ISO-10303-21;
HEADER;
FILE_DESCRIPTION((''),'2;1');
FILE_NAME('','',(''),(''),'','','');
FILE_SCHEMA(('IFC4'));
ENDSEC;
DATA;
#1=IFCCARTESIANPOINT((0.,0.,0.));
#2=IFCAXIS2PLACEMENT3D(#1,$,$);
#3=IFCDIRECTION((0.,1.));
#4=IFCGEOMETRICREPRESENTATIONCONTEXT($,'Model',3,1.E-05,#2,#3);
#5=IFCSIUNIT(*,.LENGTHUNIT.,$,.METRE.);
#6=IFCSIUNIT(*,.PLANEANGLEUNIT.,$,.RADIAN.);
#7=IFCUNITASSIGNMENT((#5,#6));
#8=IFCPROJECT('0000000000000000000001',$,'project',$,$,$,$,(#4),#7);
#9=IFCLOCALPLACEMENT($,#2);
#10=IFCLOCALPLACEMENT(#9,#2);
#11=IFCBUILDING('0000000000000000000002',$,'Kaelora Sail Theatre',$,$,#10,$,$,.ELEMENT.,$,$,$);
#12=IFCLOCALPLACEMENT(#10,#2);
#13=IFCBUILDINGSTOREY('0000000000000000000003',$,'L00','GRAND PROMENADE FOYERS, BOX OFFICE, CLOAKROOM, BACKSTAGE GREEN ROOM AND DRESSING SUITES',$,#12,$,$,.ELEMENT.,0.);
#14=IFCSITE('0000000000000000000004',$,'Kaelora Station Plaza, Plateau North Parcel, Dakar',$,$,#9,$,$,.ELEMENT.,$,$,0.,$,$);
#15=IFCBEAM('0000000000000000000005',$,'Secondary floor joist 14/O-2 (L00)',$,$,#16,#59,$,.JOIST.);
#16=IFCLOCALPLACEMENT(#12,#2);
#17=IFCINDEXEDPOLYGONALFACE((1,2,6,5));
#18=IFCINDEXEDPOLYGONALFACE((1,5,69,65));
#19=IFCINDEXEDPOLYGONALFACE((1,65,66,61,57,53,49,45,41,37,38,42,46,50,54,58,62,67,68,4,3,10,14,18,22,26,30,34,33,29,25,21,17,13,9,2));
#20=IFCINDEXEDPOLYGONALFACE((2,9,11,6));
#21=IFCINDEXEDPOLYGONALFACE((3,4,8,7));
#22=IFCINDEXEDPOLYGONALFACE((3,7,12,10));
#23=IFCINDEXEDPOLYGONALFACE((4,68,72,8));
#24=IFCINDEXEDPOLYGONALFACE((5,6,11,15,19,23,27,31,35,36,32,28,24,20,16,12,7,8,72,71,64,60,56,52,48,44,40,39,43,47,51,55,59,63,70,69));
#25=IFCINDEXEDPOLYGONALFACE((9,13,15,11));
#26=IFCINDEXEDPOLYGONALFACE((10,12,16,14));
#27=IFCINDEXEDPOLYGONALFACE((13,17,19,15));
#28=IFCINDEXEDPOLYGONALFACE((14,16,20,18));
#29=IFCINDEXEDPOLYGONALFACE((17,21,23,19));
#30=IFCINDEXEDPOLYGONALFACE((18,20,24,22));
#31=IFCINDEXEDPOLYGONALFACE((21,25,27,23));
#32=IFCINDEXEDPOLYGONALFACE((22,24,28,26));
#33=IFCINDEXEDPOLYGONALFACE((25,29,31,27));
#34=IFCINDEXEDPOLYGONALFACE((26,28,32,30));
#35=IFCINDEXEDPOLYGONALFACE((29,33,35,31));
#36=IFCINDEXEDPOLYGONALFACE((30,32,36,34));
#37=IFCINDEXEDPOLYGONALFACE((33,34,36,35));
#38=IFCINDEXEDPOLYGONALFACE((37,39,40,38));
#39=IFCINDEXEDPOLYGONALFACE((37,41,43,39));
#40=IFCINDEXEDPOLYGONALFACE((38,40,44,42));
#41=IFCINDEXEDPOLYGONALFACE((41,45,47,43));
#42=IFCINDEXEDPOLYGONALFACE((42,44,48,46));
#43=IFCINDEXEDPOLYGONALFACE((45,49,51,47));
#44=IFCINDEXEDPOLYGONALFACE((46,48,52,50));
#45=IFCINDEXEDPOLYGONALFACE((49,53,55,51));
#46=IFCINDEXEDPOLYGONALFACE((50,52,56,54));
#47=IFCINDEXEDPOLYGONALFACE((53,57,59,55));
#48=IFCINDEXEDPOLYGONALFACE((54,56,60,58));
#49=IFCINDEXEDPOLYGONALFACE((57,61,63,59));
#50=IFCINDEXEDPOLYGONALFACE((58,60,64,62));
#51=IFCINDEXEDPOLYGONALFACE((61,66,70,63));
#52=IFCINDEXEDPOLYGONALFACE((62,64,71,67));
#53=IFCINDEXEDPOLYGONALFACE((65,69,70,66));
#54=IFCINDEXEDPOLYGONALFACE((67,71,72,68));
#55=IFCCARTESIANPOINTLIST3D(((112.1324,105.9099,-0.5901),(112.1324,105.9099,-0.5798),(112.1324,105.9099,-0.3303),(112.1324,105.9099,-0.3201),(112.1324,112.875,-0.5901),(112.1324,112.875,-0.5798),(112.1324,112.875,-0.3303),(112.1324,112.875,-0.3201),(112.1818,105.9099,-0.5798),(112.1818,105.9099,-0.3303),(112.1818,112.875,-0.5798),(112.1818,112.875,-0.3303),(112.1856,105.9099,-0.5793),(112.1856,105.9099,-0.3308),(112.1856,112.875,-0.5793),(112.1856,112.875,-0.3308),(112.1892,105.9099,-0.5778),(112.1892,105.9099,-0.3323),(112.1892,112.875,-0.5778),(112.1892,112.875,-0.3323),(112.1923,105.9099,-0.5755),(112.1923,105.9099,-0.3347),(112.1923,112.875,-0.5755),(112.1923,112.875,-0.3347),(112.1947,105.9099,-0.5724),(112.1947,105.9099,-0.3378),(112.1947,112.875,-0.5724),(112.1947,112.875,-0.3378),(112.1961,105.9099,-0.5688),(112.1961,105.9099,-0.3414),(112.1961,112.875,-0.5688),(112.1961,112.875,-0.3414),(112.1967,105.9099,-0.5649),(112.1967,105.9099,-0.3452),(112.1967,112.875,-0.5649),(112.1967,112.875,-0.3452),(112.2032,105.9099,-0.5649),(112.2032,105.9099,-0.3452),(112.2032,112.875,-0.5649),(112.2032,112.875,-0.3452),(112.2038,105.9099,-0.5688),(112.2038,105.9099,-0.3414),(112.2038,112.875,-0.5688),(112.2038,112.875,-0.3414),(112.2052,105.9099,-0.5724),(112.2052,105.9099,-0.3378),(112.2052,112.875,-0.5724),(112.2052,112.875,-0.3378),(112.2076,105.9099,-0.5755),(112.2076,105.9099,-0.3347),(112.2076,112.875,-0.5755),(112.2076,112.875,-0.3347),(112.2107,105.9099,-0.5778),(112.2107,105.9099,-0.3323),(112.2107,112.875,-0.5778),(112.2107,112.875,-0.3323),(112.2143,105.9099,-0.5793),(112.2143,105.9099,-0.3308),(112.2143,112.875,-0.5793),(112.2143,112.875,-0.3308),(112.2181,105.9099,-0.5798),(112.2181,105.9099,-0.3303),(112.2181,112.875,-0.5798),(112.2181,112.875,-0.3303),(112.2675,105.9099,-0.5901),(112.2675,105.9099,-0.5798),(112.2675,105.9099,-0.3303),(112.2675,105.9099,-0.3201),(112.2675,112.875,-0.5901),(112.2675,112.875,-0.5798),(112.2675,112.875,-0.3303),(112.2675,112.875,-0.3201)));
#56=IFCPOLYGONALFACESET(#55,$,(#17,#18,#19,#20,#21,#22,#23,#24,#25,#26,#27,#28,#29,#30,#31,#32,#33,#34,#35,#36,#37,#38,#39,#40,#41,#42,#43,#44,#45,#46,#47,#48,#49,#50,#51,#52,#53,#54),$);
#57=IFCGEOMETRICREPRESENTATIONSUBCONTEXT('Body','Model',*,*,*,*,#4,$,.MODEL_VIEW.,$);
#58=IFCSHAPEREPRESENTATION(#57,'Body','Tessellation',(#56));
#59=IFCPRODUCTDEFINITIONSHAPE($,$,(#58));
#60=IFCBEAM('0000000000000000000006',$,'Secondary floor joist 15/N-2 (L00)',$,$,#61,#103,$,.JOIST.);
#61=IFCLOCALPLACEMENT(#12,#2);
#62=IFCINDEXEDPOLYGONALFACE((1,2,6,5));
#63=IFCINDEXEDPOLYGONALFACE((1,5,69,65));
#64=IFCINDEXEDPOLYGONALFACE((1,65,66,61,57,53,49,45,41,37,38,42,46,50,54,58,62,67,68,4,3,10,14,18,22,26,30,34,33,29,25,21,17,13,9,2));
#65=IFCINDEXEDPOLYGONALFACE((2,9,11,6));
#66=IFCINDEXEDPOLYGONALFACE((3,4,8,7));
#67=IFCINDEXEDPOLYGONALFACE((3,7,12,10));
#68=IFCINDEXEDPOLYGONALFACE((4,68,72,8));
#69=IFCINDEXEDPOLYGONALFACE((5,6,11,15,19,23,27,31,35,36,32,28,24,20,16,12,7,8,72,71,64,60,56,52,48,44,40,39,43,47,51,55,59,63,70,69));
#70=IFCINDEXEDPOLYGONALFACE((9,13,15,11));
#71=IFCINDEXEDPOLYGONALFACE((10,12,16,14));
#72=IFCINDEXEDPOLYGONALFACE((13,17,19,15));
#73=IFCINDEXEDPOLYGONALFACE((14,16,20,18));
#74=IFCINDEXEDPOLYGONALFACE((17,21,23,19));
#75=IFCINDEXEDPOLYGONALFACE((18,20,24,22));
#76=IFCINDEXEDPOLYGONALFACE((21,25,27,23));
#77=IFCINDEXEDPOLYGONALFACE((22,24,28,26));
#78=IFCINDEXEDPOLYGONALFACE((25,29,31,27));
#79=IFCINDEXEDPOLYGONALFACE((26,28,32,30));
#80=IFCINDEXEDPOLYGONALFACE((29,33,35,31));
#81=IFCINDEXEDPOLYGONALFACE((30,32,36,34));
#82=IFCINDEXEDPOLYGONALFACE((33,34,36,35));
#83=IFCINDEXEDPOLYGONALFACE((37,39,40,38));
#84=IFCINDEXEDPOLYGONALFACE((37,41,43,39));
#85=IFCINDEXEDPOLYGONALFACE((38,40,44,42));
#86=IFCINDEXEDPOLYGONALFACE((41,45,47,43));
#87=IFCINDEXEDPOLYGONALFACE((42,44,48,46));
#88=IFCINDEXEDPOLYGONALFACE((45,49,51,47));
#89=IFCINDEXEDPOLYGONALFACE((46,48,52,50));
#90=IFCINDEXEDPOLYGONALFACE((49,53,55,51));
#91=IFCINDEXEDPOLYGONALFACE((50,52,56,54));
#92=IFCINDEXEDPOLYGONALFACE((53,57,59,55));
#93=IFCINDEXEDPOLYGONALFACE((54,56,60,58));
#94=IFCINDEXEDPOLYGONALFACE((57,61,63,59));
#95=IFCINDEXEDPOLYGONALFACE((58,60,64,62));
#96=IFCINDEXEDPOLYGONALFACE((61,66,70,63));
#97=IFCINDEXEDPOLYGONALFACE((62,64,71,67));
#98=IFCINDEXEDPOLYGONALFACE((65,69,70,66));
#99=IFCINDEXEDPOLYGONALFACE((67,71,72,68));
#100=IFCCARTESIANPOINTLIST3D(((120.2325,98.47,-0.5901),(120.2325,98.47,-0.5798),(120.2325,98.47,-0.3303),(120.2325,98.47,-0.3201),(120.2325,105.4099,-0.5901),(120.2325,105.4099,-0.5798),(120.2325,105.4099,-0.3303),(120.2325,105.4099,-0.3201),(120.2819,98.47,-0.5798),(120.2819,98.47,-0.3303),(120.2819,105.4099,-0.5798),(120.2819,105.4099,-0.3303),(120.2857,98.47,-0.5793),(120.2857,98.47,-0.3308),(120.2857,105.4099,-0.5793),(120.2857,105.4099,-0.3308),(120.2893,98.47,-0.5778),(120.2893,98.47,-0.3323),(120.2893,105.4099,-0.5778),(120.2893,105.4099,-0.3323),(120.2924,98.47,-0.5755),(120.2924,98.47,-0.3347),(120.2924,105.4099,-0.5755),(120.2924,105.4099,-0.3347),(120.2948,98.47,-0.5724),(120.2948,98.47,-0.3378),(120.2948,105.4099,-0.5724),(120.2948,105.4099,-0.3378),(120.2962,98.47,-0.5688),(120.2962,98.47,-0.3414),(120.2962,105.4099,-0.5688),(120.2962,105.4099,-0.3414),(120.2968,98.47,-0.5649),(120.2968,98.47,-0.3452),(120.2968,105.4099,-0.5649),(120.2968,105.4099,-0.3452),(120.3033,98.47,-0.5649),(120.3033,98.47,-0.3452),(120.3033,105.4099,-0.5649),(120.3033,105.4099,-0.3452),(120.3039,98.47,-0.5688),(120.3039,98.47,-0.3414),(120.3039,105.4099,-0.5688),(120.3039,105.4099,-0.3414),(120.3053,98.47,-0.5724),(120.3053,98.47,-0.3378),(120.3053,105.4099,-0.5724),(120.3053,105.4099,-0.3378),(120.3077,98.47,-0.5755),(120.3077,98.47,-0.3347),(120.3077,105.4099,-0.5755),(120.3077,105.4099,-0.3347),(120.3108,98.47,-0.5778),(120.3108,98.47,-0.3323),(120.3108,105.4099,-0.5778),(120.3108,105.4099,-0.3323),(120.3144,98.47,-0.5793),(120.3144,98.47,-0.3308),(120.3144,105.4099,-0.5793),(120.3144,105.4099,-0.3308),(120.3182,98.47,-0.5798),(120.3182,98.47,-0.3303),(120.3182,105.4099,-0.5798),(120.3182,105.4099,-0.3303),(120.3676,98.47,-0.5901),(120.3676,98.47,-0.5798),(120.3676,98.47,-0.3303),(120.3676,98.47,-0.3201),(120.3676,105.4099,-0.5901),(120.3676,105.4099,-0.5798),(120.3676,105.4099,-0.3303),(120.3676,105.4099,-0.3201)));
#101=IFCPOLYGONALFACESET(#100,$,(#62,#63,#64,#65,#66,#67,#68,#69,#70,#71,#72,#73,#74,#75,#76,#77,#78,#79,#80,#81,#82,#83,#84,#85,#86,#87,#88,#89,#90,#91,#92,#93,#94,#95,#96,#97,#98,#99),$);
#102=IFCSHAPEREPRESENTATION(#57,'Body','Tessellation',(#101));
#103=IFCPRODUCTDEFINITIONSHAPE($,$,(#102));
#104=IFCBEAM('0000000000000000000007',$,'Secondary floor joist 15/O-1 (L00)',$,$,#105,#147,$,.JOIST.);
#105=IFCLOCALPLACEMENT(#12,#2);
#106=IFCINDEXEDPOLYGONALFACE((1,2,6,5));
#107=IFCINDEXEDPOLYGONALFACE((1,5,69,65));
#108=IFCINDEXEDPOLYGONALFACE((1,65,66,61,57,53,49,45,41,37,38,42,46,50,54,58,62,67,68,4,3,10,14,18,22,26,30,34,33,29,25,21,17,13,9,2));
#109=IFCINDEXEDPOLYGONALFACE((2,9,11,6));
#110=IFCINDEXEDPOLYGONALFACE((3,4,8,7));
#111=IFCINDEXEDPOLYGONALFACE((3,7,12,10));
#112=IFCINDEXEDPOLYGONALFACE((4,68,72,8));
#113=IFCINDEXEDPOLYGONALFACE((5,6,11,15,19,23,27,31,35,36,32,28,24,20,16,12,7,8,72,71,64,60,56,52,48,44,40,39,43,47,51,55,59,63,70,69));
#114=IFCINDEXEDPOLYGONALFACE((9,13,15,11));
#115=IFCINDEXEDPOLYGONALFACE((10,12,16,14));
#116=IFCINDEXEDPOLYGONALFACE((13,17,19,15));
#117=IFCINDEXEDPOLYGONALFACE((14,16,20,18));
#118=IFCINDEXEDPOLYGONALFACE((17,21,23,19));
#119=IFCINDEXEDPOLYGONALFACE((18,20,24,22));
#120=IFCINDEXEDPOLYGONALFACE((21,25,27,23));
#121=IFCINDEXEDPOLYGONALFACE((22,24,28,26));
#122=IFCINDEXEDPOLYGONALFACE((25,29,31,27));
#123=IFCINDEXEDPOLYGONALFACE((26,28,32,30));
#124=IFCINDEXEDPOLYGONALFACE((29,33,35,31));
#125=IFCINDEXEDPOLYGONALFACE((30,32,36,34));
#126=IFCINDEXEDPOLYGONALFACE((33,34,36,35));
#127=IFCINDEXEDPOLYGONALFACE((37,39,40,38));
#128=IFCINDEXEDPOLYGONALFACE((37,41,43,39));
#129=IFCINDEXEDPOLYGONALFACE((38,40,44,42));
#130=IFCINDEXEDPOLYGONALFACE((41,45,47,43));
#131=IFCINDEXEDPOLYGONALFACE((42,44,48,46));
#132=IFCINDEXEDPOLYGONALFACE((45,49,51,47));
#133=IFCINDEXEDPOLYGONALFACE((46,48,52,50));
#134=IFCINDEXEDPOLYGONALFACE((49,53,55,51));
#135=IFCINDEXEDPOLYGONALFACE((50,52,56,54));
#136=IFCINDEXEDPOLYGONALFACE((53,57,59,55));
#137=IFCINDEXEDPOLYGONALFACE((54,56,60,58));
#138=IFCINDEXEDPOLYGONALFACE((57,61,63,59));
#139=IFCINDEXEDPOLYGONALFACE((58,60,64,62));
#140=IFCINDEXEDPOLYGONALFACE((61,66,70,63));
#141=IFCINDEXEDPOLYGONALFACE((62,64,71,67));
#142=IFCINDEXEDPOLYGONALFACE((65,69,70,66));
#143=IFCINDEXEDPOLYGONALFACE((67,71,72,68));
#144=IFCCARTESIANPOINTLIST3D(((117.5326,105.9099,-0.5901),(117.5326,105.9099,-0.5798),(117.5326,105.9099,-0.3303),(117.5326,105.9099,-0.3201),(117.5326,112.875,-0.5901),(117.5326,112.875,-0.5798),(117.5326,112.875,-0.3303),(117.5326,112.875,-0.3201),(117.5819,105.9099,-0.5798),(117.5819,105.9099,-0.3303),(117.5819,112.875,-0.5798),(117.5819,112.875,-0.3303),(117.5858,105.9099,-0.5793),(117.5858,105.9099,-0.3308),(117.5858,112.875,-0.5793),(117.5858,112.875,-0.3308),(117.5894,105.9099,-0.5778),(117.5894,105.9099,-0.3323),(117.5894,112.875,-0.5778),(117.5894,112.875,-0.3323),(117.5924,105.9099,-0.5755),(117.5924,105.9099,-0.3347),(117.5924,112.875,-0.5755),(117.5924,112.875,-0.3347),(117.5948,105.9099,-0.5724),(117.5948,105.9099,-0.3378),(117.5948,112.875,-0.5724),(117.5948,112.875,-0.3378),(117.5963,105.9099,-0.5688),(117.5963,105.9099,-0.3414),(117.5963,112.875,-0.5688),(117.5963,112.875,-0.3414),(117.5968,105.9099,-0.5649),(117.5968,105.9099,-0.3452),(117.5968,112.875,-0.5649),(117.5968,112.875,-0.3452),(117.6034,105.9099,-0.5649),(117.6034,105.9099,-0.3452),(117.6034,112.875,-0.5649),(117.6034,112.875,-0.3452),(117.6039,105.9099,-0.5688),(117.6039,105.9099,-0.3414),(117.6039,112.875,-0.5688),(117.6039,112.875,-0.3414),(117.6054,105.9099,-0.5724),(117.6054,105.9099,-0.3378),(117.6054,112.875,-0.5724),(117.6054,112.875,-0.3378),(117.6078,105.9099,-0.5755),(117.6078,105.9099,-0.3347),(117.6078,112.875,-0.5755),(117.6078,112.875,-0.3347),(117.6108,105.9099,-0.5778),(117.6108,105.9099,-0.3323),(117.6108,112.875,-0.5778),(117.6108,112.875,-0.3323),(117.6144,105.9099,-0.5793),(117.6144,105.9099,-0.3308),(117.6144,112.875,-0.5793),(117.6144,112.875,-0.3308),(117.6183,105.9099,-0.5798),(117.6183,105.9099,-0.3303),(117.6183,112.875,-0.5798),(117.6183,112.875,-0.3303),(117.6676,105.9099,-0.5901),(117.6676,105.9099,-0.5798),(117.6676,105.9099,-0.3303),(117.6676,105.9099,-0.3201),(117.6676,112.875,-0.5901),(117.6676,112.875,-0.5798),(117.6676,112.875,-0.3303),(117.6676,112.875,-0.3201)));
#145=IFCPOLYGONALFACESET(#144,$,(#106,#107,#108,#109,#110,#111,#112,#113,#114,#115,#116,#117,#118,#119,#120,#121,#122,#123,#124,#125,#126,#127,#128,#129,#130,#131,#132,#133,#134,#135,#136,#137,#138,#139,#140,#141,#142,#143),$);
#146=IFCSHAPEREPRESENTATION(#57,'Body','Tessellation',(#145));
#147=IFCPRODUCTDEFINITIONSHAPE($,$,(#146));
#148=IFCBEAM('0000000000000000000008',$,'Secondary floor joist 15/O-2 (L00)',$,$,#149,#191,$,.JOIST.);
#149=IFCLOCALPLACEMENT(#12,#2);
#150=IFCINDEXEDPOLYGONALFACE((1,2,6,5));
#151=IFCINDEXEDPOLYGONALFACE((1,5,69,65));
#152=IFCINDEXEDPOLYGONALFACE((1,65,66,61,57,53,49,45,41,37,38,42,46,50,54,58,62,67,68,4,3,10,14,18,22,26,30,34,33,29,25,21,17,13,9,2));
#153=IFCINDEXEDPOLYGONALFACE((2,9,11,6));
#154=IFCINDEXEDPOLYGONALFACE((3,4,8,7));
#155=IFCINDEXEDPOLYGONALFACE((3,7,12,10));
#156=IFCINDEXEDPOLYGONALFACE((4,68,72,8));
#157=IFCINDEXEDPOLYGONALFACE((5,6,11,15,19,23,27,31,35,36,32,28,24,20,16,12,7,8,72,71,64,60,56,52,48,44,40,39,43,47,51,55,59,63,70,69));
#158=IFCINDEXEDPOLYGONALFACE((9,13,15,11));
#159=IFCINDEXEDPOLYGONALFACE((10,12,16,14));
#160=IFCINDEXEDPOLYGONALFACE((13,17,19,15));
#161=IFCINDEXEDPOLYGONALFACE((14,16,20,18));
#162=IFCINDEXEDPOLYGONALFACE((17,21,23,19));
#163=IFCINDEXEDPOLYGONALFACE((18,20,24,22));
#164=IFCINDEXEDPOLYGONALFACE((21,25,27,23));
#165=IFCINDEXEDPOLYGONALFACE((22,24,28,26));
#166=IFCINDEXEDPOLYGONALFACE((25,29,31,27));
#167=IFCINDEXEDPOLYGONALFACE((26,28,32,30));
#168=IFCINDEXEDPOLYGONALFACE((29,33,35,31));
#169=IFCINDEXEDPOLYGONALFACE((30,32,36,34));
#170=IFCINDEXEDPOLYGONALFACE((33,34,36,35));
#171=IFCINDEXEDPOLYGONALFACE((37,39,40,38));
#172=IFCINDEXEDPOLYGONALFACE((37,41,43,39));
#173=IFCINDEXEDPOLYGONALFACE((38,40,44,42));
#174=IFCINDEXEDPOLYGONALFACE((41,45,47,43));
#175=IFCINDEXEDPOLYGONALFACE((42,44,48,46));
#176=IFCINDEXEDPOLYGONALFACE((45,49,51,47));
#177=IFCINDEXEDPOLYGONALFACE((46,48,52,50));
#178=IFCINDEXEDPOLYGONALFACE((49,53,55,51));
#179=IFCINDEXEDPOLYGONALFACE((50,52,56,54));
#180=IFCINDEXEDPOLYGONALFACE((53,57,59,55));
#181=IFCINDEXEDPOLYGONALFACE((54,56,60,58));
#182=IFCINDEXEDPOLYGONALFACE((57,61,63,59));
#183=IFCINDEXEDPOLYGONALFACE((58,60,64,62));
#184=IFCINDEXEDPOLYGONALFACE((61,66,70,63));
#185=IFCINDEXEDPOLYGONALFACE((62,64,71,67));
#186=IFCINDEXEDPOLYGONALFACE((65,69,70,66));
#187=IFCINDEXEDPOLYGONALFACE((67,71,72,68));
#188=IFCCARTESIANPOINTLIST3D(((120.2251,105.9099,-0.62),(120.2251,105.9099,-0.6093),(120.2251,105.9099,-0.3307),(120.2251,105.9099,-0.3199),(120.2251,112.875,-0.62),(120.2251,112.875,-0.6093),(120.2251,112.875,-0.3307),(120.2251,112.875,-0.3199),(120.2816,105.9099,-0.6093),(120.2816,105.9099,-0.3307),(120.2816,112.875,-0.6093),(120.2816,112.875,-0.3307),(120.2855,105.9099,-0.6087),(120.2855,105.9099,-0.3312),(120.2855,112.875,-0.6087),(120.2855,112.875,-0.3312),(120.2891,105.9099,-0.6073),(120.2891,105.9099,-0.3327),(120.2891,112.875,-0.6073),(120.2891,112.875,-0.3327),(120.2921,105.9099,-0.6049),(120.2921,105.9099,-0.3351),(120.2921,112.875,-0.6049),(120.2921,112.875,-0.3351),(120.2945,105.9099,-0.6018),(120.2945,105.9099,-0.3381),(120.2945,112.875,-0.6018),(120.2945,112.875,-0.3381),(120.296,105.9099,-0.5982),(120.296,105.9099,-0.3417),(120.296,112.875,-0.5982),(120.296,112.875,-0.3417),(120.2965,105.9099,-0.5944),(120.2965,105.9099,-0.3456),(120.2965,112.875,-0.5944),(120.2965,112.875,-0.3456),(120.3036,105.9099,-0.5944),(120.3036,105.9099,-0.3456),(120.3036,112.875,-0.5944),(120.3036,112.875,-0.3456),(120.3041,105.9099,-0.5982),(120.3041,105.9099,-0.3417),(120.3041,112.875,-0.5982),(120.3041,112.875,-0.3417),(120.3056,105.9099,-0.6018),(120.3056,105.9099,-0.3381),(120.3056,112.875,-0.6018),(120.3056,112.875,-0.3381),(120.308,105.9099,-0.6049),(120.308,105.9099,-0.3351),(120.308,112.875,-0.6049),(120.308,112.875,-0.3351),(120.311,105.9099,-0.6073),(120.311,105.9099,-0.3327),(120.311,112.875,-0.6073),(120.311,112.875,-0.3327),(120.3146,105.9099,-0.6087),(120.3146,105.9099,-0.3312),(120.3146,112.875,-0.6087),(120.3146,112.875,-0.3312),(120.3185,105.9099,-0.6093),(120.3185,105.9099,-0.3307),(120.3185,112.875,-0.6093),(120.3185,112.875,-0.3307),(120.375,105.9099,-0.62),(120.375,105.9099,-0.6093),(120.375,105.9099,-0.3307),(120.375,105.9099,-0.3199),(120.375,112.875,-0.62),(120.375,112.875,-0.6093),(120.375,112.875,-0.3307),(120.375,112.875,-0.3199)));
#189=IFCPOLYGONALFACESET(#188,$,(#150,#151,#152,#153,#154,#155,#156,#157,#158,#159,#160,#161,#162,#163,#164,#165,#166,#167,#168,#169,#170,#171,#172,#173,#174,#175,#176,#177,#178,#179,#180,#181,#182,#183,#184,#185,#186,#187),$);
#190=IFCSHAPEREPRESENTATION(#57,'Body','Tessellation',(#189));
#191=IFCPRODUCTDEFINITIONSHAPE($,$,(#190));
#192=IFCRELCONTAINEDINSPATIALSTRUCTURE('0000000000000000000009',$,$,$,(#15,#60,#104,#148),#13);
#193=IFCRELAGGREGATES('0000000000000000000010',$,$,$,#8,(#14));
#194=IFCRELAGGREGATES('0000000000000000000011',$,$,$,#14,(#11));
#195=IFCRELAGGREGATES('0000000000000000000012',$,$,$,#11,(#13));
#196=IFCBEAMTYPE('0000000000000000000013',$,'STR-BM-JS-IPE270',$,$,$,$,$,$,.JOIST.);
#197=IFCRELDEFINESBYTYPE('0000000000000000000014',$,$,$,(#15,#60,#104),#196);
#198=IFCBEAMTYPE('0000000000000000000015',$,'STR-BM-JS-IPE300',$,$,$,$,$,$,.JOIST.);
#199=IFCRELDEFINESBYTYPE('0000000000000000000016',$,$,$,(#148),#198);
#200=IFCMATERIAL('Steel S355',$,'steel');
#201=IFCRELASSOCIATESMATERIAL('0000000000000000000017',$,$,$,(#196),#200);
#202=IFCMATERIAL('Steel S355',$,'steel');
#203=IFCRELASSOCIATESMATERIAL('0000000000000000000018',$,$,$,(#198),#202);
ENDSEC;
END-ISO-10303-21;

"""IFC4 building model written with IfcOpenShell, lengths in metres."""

from ifc_helpers import new_model, si_unit, direction, frame, origin, origin_2d, place, context, subcontext, project, spatial, i_section, extrude, material, material_profile, profile_set, type_object, element, save


model = new_model("IFC4")

# Units and contexts
model_context = context("Model", 3, precision=1e-05, world=origin(), true_north=direction((0.0, 1.0)))
body_context = subcontext(model_context, "Body", "Model", "MODEL_VIEW")
ifc_project = project(units=[si_unit("LENGTHUNIT", "METRE"), si_unit("PLANEANGLEUNIT", "RADIAN")], contexts=[model_context])

# Site, building, storey
site_placement = place(None, origin())
site = spatial("IfcSite", under=ifc_project, at=site_placement, Name="Kaelora Station Plaza, Plateau North Parcel, Dakar", CompositionType="ELEMENT", RefElevation=0.0)
building_placement = place(site_placement, origin())
building = spatial("IfcBuilding", under=site, at=building_placement, Name="Kaelora Sail Theatre", CompositionType="ELEMENT")
storey_placement = place(building_placement, origin())
storey = spatial("IfcBuildingStorey", under=building, at=storey_placement, Name="L00", Description="GRAND PROMENADE FOYERS, BOX OFFICE, CLOAKROOM, BACKSTAGE GREEN ROOM AND DRESSING SUITES", CompositionType="ELEMENT", Elevation=0.0)

# Beams
ifc_material_1 = material(Name="Steel S355", Category="steel")
ifc_material_profile_1 = material_profile(ifc_material_1, i_section(OverallWidth=0.135, OverallDepth=0.27, WebThickness=0.0066, FlangeThickness=0.0103, FilletRadius=0.0149, at=origin_2d()), Name="IPE 270")
ifc_profile_set_1 = profile_set([ifc_material_profile_1], Name="Steel S355")
beam_type_1 = type_object("IfcBeamType", Name="STR-BM-JS-IPE270", PredefinedType="JOIST", material=ifc_profile_set_1)
beam_1_placement = place(storey_placement, frame((112.2, 105.9099, -0.4551), z_axis=(0.0, 1.0, 0.0), x_axis=(-1.0, 0.0, 0.0)))
element("IfcBeam", 1, at=beam_1_placement, inside=storey, type_object=beam_type_1, Name="Secondary floor joist 14/O-2 (L00)", PredefinedType="JOIST", context=body_context, shape_type="SweptSolid", body=[
    extrude(i_section(OverallWidth=0.135, OverallDepth=0.27, WebThickness=0.0066, FlangeThickness=0.0103, FilletRadius=0.0149, at=origin_2d()), origin(), (0.0, 0.0, 1.0), 6.9651),
])
beam_2_placement = place(storey_placement, frame((120.3, 98.47, -0.4551), z_axis=(0.0, 1.0, 0.0), x_axis=(-1.0, 0.0, 0.0)))
element("IfcBeam", 2, at=beam_2_placement, inside=storey, type_object=beam_type_1, Name="Secondary floor joist 15/N-2 (L00)", PredefinedType="JOIST", context=body_context, shape_type="SweptSolid", body=[
    extrude(i_section(OverallWidth=0.135, OverallDepth=0.27, WebThickness=0.0066, FlangeThickness=0.0103, FilletRadius=0.0149, at=origin_2d()), origin(), (0.0, 0.0, 1.0), 6.9399),
])
beam_3_placement = place(storey_placement, frame((117.6001, 105.9099, -0.4551), z_axis=(0.0, 1.0, 0.0), x_axis=(-1.0, 0.0, 0.0)))
element("IfcBeam", 3, at=beam_3_placement, inside=storey, type_object=beam_type_1, Name="Secondary floor joist 15/O-1 (L00)", PredefinedType="JOIST", context=body_context, shape_type="SweptSolid", body=[
    extrude(i_section(OverallWidth=0.135, OverallDepth=0.27, WebThickness=0.0066, FlangeThickness=0.0103, FilletRadius=0.0149, at=origin_2d()), origin(), (0.0, 0.0, 1.0), 6.9651),
])
ifc_material_2 = material(Name="Steel S355", Category="steel")
ifc_material_profile_2 = material_profile(ifc_material_2, i_section(OverallWidth=0.1499, OverallDepth=0.3, WebThickness=0.0071, FlangeThickness=0.0107, FilletRadius=0.0149, at=origin_2d()), Name="IPE 300")
ifc_profile_set_2 = profile_set([ifc_material_profile_2], Name="Steel S355")
beam_type_2 = type_object("IfcBeamType", Name="STR-BM-JS-IPE300", PredefinedType="JOIST", material=ifc_profile_set_2)
beam_4_placement = place(storey_placement, frame((120.3, 105.9099, -0.47), z_axis=(0.0, 1.0, 0.0), x_axis=(-1.0, 0.0, 0.0)))
element("IfcBeam", 4, at=beam_4_placement, inside=storey, type_object=beam_type_2, Name="Secondary floor joist 15/O-2 (L00)", PredefinedType="JOIST", context=body_context, shape_type="SweptSolid", body=[
    extrude(i_section(OverallWidth=0.1499, OverallDepth=0.3, WebThickness=0.0071, FlangeThickness=0.0107, FilletRadius=0.0149, at=origin_2d()), origin(), (0.0, 0.0, 1.0), 6.9651),
])

save(model, "model.ifc")
